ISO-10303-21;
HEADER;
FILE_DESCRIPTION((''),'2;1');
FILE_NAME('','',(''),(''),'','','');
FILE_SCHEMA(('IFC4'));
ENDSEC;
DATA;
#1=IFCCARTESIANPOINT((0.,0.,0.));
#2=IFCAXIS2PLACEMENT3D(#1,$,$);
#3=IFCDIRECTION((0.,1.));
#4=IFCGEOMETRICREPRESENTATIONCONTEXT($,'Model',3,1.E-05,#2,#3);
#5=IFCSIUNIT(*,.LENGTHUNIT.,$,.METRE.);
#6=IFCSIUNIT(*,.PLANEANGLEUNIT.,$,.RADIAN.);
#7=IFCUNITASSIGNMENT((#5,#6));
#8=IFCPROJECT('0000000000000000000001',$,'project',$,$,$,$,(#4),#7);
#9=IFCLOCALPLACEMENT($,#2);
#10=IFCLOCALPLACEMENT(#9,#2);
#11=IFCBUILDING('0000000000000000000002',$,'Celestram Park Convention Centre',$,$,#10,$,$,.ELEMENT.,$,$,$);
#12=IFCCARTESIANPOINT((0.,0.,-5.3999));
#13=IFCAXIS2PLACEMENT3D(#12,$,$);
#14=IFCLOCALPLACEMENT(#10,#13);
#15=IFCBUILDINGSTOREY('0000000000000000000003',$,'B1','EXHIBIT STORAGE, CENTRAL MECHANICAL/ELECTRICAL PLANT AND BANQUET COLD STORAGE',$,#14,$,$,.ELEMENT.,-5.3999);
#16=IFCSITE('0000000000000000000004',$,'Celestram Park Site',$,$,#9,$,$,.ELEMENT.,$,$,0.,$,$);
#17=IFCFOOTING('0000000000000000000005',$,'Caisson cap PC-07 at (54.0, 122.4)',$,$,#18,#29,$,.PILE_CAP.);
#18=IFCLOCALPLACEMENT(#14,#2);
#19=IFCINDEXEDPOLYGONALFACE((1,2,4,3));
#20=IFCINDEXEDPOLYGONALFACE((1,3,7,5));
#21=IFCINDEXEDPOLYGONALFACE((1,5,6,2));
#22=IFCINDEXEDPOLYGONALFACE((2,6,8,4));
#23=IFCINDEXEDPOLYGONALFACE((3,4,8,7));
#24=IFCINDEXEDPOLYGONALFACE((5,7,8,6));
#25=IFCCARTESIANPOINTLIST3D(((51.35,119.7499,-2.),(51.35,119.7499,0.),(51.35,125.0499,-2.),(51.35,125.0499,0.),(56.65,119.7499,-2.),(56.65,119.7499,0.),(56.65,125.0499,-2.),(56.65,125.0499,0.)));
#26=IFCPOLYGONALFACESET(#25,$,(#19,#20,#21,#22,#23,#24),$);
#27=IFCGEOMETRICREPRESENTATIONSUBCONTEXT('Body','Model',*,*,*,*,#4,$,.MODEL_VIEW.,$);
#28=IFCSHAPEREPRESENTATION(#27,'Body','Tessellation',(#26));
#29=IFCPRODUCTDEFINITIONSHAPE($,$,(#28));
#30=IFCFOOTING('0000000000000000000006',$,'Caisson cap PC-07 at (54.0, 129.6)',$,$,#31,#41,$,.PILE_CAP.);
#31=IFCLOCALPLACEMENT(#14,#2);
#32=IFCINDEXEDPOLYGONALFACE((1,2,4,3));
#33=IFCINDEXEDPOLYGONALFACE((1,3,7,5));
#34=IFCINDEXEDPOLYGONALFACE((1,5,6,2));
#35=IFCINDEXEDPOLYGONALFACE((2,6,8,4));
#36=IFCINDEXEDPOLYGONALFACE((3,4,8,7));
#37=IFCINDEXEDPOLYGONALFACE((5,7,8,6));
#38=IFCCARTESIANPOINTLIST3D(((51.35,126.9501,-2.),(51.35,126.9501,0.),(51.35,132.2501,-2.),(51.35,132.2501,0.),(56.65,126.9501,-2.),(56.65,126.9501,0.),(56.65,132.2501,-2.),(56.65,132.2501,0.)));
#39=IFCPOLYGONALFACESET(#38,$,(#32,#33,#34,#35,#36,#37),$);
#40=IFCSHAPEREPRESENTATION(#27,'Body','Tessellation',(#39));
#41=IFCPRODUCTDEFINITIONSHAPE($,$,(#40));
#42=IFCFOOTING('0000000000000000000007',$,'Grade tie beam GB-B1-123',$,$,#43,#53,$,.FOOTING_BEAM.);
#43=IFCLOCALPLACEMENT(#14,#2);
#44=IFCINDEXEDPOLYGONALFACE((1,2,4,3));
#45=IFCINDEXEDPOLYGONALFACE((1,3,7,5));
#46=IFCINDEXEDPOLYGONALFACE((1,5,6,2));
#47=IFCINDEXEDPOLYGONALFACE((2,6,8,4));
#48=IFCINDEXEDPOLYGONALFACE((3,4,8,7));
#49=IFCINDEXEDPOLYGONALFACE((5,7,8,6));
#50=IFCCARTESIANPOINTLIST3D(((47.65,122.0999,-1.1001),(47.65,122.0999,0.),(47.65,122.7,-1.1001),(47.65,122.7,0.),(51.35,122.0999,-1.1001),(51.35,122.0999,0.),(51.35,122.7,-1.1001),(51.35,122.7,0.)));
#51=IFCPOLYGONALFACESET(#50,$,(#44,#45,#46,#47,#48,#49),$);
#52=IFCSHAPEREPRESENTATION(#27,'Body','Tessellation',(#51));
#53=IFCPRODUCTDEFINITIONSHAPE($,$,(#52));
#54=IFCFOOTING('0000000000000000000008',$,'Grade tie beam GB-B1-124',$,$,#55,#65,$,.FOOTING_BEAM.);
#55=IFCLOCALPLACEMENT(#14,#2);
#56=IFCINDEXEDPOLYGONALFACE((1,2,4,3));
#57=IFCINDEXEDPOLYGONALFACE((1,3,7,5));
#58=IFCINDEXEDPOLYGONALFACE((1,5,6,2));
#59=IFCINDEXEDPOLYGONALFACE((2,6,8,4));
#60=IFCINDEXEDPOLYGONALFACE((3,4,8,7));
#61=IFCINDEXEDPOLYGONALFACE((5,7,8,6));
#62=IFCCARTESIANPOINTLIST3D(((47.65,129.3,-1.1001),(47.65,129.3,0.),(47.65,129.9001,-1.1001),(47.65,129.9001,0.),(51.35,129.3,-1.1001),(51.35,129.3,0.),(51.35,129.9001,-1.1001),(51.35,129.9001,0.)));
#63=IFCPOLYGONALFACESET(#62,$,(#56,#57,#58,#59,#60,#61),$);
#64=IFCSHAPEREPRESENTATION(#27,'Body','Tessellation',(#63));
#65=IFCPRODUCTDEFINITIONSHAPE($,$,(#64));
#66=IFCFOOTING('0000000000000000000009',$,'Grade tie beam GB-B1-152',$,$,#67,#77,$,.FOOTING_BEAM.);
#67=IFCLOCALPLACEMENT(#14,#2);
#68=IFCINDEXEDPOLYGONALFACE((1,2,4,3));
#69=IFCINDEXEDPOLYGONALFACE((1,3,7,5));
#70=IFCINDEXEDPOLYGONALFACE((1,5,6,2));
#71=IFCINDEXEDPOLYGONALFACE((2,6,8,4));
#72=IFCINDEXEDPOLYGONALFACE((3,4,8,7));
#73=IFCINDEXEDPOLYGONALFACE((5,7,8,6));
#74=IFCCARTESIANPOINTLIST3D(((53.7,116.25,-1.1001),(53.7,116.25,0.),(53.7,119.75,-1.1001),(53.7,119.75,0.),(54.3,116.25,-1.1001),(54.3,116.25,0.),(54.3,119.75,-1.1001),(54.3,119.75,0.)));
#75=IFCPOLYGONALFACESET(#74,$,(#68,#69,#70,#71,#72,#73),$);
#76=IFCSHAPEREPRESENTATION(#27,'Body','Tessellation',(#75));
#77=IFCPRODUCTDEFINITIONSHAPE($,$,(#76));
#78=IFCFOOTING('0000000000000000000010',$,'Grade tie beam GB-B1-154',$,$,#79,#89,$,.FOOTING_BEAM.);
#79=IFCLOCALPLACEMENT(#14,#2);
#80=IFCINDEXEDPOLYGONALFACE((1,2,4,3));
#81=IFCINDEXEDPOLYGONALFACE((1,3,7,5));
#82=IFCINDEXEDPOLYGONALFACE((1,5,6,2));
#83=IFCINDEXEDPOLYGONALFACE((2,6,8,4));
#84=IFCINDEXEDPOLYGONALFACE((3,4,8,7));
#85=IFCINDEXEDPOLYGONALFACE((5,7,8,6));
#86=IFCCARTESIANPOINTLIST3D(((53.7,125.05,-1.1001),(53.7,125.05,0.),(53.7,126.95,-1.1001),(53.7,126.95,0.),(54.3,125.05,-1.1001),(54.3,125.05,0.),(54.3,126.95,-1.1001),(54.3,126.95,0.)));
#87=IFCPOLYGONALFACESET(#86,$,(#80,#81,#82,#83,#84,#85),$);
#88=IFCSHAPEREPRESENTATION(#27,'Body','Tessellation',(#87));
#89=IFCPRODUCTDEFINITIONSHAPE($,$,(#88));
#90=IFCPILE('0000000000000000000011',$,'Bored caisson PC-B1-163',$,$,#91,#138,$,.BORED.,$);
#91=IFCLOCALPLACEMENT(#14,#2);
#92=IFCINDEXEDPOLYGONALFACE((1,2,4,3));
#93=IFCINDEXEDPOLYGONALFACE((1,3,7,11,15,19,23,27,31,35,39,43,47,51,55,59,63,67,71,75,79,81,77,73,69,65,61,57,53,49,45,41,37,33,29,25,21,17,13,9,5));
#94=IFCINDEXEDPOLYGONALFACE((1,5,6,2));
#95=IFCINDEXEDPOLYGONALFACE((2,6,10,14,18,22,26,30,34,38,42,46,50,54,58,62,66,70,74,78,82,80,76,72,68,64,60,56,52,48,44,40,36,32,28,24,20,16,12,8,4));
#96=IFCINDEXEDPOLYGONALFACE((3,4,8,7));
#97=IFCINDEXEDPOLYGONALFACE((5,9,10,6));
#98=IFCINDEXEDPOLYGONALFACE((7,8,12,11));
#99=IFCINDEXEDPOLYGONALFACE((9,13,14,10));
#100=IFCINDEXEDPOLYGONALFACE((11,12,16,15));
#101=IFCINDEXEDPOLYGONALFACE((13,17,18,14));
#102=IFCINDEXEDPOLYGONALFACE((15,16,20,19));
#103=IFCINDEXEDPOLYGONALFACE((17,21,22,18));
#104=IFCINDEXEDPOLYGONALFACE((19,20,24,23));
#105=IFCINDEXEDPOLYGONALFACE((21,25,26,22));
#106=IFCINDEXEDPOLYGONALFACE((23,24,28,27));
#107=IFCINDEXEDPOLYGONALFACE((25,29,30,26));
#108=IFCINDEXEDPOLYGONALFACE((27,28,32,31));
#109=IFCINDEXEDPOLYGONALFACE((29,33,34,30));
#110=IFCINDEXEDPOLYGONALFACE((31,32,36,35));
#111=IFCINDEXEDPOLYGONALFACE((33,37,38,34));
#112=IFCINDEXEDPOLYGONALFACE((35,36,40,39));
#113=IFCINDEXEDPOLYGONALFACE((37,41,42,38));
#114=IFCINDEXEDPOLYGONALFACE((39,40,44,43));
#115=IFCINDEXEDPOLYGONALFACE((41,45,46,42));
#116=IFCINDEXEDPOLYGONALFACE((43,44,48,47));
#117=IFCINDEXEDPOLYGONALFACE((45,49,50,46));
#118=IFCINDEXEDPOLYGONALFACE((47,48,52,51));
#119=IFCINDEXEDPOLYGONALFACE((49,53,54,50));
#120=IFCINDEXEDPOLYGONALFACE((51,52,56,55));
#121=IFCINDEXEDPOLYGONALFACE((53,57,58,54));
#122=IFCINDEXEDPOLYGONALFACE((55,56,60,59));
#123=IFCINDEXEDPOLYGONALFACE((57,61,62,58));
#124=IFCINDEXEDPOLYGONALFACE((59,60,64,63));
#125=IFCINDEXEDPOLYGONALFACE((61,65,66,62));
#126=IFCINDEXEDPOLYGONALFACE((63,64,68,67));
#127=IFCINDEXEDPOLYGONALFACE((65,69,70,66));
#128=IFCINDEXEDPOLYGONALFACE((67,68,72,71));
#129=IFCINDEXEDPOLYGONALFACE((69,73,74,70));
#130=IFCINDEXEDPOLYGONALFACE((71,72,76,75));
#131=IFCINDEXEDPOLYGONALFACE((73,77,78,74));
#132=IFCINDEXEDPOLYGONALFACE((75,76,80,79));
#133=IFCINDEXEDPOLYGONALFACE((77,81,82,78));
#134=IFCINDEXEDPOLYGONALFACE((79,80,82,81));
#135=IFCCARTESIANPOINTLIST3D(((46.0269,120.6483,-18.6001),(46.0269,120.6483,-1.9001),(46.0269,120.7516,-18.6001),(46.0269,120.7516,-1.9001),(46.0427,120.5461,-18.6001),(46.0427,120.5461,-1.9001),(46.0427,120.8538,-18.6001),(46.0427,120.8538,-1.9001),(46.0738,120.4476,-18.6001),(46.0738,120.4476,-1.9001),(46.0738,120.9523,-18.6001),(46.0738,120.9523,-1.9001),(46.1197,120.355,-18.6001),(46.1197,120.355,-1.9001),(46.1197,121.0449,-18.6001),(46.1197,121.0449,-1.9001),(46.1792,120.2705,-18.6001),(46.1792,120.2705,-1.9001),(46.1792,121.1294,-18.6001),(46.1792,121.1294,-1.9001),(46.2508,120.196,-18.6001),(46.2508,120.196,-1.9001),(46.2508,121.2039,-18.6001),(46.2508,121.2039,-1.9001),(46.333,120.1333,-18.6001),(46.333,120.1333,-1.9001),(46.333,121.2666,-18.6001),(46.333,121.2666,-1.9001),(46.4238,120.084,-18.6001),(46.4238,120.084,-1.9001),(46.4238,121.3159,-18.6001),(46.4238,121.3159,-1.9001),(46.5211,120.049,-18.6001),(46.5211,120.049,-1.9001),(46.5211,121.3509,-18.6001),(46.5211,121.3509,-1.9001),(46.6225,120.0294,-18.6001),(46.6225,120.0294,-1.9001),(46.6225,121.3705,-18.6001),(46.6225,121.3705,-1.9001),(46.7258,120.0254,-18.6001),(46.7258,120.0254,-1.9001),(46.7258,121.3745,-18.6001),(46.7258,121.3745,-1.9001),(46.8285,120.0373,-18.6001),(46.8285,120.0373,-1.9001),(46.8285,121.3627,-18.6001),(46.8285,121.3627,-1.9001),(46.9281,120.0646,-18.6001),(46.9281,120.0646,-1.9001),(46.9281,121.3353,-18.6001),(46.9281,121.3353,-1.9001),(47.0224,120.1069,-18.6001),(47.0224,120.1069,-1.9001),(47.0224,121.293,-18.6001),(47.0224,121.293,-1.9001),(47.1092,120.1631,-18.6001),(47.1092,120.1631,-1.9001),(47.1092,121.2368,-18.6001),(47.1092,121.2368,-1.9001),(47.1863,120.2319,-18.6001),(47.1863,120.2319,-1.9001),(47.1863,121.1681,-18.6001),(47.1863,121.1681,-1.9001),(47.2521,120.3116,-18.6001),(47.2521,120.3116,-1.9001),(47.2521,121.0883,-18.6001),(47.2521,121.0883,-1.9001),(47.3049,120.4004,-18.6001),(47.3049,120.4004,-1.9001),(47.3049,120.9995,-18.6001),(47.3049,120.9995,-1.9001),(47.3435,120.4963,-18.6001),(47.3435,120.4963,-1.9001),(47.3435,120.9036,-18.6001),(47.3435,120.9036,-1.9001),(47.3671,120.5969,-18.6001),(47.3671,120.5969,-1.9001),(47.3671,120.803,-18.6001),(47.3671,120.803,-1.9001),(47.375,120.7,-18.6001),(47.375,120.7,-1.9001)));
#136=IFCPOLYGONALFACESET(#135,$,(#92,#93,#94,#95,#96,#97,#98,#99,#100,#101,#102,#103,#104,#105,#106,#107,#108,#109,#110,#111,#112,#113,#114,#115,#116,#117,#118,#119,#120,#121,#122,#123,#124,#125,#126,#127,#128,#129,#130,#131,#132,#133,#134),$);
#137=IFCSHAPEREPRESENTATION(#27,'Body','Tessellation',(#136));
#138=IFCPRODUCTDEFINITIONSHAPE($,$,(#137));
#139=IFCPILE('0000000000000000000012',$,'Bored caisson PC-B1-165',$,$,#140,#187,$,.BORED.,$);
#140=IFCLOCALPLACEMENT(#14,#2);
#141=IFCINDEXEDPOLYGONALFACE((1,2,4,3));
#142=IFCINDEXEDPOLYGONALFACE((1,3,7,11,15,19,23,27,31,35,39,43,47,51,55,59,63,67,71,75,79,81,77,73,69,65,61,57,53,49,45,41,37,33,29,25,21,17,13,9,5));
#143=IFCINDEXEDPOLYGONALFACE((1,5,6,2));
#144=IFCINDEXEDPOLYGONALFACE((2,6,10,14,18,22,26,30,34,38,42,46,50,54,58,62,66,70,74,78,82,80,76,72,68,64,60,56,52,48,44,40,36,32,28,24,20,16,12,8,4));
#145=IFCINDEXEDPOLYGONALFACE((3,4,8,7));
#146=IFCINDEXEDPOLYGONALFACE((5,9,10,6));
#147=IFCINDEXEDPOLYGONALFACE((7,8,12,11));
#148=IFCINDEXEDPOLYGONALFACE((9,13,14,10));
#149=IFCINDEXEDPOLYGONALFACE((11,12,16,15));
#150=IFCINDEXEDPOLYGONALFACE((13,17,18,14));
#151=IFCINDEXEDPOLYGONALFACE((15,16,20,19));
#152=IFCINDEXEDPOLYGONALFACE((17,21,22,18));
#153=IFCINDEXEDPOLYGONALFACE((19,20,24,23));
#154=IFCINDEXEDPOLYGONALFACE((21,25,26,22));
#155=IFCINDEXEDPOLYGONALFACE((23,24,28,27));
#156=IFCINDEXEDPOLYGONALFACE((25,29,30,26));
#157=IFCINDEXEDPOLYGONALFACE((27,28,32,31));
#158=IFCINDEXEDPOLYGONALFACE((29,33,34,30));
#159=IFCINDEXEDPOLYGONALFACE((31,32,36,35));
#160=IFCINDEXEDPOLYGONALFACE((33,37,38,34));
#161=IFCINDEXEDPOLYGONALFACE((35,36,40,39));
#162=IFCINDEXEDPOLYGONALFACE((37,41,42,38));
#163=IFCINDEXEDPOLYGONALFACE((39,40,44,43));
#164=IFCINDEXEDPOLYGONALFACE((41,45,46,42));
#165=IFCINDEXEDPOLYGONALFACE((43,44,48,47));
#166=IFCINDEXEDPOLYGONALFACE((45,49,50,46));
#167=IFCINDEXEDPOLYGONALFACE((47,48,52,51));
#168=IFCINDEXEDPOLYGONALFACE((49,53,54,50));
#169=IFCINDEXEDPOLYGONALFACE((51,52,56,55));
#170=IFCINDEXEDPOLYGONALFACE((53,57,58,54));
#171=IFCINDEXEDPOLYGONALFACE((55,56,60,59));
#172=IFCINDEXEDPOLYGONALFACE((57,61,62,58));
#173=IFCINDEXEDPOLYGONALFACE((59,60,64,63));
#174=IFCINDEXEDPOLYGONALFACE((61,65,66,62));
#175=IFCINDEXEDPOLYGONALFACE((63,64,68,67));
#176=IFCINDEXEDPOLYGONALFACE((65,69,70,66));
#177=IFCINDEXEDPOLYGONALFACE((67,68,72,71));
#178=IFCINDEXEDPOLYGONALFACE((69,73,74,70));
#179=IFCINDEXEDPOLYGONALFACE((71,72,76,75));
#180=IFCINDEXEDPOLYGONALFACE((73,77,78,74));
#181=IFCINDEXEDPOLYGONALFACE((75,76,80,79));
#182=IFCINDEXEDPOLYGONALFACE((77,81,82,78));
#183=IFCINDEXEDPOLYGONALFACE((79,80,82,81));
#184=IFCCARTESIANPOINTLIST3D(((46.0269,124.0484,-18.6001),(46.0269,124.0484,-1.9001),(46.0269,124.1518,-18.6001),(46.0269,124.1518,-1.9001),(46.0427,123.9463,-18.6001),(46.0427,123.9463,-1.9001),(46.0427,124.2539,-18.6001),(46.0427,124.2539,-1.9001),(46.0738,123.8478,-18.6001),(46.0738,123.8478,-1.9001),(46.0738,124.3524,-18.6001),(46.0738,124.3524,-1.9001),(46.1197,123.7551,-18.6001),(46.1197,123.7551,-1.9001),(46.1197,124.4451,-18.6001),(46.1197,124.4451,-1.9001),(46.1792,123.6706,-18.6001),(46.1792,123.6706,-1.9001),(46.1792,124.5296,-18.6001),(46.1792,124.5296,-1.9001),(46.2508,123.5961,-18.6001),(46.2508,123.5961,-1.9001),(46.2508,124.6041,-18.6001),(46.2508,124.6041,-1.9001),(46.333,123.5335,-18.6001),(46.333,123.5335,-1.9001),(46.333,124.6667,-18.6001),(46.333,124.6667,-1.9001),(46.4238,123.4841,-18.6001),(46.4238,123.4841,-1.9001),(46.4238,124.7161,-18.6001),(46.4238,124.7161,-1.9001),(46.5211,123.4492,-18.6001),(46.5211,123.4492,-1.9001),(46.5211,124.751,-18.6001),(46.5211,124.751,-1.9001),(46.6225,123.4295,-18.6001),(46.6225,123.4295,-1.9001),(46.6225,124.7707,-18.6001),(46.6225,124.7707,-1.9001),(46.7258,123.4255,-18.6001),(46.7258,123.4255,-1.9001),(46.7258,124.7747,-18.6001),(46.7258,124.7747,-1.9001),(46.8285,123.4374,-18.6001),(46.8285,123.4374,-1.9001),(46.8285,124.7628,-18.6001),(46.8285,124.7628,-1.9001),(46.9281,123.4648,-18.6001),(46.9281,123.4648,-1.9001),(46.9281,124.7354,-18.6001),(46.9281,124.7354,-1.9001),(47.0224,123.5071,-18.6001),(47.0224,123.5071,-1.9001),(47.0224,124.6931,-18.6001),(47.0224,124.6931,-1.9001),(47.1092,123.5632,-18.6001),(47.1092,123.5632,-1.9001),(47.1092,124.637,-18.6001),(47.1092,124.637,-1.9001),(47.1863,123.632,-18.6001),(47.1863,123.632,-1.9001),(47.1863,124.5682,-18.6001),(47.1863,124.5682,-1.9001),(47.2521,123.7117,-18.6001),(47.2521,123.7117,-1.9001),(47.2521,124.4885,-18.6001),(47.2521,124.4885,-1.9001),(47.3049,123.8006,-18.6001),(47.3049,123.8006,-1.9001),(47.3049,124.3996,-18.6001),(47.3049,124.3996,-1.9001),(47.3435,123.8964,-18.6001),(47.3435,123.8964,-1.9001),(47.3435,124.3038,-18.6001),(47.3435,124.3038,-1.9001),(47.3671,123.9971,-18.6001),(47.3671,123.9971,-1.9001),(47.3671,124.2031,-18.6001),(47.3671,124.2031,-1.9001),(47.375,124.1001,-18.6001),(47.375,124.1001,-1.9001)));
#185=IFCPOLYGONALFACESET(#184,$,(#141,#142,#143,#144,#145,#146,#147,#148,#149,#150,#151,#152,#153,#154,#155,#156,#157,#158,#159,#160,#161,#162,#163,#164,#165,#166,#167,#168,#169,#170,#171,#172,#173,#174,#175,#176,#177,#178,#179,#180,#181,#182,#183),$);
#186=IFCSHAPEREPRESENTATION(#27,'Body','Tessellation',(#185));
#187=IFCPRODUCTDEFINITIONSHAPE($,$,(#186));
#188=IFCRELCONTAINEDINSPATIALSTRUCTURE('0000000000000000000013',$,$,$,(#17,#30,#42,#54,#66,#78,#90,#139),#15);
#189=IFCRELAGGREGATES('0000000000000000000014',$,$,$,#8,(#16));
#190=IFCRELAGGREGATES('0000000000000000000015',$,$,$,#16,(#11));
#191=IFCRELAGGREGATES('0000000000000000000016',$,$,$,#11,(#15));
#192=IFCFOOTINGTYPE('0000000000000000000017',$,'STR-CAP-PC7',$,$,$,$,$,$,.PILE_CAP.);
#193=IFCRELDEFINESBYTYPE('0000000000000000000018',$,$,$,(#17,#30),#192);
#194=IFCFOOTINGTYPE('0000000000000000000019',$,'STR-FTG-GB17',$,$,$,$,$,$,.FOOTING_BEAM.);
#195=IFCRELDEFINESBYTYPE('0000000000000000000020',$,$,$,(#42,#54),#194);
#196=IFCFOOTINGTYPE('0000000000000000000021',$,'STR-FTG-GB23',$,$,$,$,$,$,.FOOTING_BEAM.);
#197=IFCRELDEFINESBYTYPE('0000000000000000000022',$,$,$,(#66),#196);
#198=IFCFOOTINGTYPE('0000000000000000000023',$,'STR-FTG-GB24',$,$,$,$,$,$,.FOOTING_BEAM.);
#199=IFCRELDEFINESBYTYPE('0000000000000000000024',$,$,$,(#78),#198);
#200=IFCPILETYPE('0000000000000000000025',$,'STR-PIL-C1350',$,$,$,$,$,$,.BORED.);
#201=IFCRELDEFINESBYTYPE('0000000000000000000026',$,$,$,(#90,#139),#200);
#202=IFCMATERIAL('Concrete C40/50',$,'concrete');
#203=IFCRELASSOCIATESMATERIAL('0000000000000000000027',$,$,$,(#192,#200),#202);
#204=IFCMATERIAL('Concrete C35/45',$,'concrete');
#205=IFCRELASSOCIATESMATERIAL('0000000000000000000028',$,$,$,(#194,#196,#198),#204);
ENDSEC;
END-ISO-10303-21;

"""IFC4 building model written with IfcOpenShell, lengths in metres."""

from ifc_helpers import new_model, si_unit, direction, frame, origin, origin_2d, place, context, subcontext, project, spatial, rectangle, circle, extrude, material, material_profile, profile_set, type_object, element, save


model = new_model("IFC4")

# Units and contexts
model_context = context("Model", 3, precision=1e-05, world=origin(), true_north=direction((0.0, 1.0)))
body_context = subcontext(model_context, "Body", "Model", "MODEL_VIEW")
ifc_project = project(units=[si_unit("LENGTHUNIT", "METRE"), si_unit("PLANEANGLEUNIT", "RADIAN")], contexts=[model_context])

# Site, building, storey
site_placement = place(None, origin())
site = spatial("IfcSite", under=ifc_project, at=site_placement, Name="Celestram Park Site", CompositionType="ELEMENT", RefElevation=0.0)
building_placement = place(site_placement, origin())
building = spatial("IfcBuilding", under=site, at=building_placement, Name="Celestram Park Convention Centre", CompositionType="ELEMENT")
storey_placement = place(building_placement, frame((0.0, 0.0, -5.3999)))
storey = spatial("IfcBuildingStorey", under=building, at=storey_placement, Name="B1", Description="EXHIBIT STORAGE, CENTRAL MECHANICAL/ELECTRICAL PLANT AND BANQUET COLD STORAGE", CompositionType="ELEMENT", Elevation=-5.3999)

# Footings
ifc_material_1 = material(Name="Concrete C40/50", Category="concrete")
footing_type_1 = type_object("IfcFootingType", Name="STR-CAP-PC7", PredefinedType="PILE_CAP", material=ifc_material_1)
for number, where, z_axis, x_axis, name in (
    (1, (54.0, 122.3999, -2.0), (0.0, 0.0, 1.0), (1.0, 0.0, 0.0), "Caisson cap PC-07 at (54.0, 122.4)"),
    (2, (54.0, 129.6001, -2.0), (0.0, 0.0, 1.0), (1.0, 0.0, 0.0), "Caisson cap PC-07 at (54.0, 129.6)"),
):
    element("IfcFooting", number, at=place(storey_placement, frame(where, z_axis=z_axis, x_axis=x_axis)), inside=storey, type_object=footing_type_1, Name=name, PredefinedType="PILE_CAP", context=body_context, shape_type="SweptSolid", body=[
        extrude(rectangle(XDim=5.3, YDim=5.3, at=origin_2d()), origin(), (0.0, 0.0, 1.0), 2.0),
    ])
ifc_material_2 = material(Name="Concrete C35/45", Category="concrete")
footing_type_2 = type_object("IfcFootingType", Name="STR-FTG-GB17", PredefinedType="FOOTING_BEAM", material=ifc_material_2)
for number, where, z_axis, x_axis, name in (
    (3, (49.5, 122.3999, -1.1001), (0.0, 0.0, 1.0), (1.0, 0.0, 0.0), "Grade tie beam GB-B1-123"),
    (4, (49.5, 129.6001, -1.1001), (0.0, 0.0, 1.0), (1.0, 0.0, 0.0), "Grade tie beam GB-B1-124"),
):
    element("IfcFooting", number, at=place(storey_placement, frame(where, z_axis=z_axis, x_axis=x_axis)), inside=storey, type_object=footing_type_2, Name=name, PredefinedType="FOOTING_BEAM", context=body_context, shape_type="SweptSolid", body=[
        extrude(rectangle(XDim=3.7, YDim=0.6001, at=origin_2d()), origin(), (0.0, 0.0, 1.0), 1.1001),
    ])
footing_type_3 = type_object("IfcFootingType", Name="STR-FTG-GB23", PredefinedType="FOOTING_BEAM", material=ifc_material_2)
footing_1_placement = place(storey_placement, frame((54.0, 118.0, -1.1001), z_axis=(0.0, 0.0, 1.0), x_axis=(0.0, 1.0, 0.0)))
element("IfcFooting", 5, at=footing_1_placement, inside=storey, type_object=footing_type_3, Name="Grade tie beam GB-B1-152", PredefinedType="FOOTING_BEAM", context=body_context, shape_type="SweptSolid", body=[
    extrude(rectangle(XDim=3.5, YDim=0.6001, at=origin_2d()), origin(), (0.0, 0.0, 1.0), 1.1001),
])
footing_type_4 = type_object("IfcFootingType", Name="STR-FTG-GB24", PredefinedType="FOOTING_BEAM", material=ifc_material_2)
footing_2_placement = place(storey_placement, frame((54.0, 126.0, -1.1001), z_axis=(0.0, 0.0, 1.0), x_axis=(0.0, 1.0, 0.0)))
element("IfcFooting", 6, at=footing_2_placement, inside=storey, type_object=footing_type_4, Name="Grade tie beam GB-B1-154", PredefinedType="FOOTING_BEAM", context=body_context, shape_type="SweptSolid", body=[
    extrude(rectangle(XDim=1.8999, YDim=0.6001, at=origin_2d()), origin(), (0.0, 0.0, 1.0), 1.1001),
])

# Piles
ifc_material_profile_1 = material_profile(ifc_material_1, circle(Radius=0.675, at=origin_2d()), Name="CAISSON1350")
ifc_profile_set_1 = profile_set([ifc_material_profile_1], Name="Concrete C40/50")
pile_type = type_object("IfcPileType", Name="STR-PIL-C1350", PredefinedType="BORED", material=ifc_profile_set_1)
for number, where, z_axis, x_axis, name in (
    (7, (46.7, 120.7, -1.9001), (0.0, 0.0, -1.0), (1.0, 0.0, 0.0), "Bored caisson PC-B1-163"),
    (8, (46.7, 124.1001, -1.9001), (0.0, 0.0, -1.0), (1.0, 0.0, 0.0), "Bored caisson PC-B1-165"),
):
    element("IfcPile", number, at=place(storey_placement, frame(where, z_axis=z_axis, x_axis=x_axis)), inside=storey, type_object=pile_type, Name=name, PredefinedType="BORED", context=body_context, shape_type="SweptSolid", body=[
        extrude(circle(Radius=0.675, at=origin_2d()), origin(), (0.0, 0.0, 1.0), 16.7),
    ])

save(model, "model.ifc")
